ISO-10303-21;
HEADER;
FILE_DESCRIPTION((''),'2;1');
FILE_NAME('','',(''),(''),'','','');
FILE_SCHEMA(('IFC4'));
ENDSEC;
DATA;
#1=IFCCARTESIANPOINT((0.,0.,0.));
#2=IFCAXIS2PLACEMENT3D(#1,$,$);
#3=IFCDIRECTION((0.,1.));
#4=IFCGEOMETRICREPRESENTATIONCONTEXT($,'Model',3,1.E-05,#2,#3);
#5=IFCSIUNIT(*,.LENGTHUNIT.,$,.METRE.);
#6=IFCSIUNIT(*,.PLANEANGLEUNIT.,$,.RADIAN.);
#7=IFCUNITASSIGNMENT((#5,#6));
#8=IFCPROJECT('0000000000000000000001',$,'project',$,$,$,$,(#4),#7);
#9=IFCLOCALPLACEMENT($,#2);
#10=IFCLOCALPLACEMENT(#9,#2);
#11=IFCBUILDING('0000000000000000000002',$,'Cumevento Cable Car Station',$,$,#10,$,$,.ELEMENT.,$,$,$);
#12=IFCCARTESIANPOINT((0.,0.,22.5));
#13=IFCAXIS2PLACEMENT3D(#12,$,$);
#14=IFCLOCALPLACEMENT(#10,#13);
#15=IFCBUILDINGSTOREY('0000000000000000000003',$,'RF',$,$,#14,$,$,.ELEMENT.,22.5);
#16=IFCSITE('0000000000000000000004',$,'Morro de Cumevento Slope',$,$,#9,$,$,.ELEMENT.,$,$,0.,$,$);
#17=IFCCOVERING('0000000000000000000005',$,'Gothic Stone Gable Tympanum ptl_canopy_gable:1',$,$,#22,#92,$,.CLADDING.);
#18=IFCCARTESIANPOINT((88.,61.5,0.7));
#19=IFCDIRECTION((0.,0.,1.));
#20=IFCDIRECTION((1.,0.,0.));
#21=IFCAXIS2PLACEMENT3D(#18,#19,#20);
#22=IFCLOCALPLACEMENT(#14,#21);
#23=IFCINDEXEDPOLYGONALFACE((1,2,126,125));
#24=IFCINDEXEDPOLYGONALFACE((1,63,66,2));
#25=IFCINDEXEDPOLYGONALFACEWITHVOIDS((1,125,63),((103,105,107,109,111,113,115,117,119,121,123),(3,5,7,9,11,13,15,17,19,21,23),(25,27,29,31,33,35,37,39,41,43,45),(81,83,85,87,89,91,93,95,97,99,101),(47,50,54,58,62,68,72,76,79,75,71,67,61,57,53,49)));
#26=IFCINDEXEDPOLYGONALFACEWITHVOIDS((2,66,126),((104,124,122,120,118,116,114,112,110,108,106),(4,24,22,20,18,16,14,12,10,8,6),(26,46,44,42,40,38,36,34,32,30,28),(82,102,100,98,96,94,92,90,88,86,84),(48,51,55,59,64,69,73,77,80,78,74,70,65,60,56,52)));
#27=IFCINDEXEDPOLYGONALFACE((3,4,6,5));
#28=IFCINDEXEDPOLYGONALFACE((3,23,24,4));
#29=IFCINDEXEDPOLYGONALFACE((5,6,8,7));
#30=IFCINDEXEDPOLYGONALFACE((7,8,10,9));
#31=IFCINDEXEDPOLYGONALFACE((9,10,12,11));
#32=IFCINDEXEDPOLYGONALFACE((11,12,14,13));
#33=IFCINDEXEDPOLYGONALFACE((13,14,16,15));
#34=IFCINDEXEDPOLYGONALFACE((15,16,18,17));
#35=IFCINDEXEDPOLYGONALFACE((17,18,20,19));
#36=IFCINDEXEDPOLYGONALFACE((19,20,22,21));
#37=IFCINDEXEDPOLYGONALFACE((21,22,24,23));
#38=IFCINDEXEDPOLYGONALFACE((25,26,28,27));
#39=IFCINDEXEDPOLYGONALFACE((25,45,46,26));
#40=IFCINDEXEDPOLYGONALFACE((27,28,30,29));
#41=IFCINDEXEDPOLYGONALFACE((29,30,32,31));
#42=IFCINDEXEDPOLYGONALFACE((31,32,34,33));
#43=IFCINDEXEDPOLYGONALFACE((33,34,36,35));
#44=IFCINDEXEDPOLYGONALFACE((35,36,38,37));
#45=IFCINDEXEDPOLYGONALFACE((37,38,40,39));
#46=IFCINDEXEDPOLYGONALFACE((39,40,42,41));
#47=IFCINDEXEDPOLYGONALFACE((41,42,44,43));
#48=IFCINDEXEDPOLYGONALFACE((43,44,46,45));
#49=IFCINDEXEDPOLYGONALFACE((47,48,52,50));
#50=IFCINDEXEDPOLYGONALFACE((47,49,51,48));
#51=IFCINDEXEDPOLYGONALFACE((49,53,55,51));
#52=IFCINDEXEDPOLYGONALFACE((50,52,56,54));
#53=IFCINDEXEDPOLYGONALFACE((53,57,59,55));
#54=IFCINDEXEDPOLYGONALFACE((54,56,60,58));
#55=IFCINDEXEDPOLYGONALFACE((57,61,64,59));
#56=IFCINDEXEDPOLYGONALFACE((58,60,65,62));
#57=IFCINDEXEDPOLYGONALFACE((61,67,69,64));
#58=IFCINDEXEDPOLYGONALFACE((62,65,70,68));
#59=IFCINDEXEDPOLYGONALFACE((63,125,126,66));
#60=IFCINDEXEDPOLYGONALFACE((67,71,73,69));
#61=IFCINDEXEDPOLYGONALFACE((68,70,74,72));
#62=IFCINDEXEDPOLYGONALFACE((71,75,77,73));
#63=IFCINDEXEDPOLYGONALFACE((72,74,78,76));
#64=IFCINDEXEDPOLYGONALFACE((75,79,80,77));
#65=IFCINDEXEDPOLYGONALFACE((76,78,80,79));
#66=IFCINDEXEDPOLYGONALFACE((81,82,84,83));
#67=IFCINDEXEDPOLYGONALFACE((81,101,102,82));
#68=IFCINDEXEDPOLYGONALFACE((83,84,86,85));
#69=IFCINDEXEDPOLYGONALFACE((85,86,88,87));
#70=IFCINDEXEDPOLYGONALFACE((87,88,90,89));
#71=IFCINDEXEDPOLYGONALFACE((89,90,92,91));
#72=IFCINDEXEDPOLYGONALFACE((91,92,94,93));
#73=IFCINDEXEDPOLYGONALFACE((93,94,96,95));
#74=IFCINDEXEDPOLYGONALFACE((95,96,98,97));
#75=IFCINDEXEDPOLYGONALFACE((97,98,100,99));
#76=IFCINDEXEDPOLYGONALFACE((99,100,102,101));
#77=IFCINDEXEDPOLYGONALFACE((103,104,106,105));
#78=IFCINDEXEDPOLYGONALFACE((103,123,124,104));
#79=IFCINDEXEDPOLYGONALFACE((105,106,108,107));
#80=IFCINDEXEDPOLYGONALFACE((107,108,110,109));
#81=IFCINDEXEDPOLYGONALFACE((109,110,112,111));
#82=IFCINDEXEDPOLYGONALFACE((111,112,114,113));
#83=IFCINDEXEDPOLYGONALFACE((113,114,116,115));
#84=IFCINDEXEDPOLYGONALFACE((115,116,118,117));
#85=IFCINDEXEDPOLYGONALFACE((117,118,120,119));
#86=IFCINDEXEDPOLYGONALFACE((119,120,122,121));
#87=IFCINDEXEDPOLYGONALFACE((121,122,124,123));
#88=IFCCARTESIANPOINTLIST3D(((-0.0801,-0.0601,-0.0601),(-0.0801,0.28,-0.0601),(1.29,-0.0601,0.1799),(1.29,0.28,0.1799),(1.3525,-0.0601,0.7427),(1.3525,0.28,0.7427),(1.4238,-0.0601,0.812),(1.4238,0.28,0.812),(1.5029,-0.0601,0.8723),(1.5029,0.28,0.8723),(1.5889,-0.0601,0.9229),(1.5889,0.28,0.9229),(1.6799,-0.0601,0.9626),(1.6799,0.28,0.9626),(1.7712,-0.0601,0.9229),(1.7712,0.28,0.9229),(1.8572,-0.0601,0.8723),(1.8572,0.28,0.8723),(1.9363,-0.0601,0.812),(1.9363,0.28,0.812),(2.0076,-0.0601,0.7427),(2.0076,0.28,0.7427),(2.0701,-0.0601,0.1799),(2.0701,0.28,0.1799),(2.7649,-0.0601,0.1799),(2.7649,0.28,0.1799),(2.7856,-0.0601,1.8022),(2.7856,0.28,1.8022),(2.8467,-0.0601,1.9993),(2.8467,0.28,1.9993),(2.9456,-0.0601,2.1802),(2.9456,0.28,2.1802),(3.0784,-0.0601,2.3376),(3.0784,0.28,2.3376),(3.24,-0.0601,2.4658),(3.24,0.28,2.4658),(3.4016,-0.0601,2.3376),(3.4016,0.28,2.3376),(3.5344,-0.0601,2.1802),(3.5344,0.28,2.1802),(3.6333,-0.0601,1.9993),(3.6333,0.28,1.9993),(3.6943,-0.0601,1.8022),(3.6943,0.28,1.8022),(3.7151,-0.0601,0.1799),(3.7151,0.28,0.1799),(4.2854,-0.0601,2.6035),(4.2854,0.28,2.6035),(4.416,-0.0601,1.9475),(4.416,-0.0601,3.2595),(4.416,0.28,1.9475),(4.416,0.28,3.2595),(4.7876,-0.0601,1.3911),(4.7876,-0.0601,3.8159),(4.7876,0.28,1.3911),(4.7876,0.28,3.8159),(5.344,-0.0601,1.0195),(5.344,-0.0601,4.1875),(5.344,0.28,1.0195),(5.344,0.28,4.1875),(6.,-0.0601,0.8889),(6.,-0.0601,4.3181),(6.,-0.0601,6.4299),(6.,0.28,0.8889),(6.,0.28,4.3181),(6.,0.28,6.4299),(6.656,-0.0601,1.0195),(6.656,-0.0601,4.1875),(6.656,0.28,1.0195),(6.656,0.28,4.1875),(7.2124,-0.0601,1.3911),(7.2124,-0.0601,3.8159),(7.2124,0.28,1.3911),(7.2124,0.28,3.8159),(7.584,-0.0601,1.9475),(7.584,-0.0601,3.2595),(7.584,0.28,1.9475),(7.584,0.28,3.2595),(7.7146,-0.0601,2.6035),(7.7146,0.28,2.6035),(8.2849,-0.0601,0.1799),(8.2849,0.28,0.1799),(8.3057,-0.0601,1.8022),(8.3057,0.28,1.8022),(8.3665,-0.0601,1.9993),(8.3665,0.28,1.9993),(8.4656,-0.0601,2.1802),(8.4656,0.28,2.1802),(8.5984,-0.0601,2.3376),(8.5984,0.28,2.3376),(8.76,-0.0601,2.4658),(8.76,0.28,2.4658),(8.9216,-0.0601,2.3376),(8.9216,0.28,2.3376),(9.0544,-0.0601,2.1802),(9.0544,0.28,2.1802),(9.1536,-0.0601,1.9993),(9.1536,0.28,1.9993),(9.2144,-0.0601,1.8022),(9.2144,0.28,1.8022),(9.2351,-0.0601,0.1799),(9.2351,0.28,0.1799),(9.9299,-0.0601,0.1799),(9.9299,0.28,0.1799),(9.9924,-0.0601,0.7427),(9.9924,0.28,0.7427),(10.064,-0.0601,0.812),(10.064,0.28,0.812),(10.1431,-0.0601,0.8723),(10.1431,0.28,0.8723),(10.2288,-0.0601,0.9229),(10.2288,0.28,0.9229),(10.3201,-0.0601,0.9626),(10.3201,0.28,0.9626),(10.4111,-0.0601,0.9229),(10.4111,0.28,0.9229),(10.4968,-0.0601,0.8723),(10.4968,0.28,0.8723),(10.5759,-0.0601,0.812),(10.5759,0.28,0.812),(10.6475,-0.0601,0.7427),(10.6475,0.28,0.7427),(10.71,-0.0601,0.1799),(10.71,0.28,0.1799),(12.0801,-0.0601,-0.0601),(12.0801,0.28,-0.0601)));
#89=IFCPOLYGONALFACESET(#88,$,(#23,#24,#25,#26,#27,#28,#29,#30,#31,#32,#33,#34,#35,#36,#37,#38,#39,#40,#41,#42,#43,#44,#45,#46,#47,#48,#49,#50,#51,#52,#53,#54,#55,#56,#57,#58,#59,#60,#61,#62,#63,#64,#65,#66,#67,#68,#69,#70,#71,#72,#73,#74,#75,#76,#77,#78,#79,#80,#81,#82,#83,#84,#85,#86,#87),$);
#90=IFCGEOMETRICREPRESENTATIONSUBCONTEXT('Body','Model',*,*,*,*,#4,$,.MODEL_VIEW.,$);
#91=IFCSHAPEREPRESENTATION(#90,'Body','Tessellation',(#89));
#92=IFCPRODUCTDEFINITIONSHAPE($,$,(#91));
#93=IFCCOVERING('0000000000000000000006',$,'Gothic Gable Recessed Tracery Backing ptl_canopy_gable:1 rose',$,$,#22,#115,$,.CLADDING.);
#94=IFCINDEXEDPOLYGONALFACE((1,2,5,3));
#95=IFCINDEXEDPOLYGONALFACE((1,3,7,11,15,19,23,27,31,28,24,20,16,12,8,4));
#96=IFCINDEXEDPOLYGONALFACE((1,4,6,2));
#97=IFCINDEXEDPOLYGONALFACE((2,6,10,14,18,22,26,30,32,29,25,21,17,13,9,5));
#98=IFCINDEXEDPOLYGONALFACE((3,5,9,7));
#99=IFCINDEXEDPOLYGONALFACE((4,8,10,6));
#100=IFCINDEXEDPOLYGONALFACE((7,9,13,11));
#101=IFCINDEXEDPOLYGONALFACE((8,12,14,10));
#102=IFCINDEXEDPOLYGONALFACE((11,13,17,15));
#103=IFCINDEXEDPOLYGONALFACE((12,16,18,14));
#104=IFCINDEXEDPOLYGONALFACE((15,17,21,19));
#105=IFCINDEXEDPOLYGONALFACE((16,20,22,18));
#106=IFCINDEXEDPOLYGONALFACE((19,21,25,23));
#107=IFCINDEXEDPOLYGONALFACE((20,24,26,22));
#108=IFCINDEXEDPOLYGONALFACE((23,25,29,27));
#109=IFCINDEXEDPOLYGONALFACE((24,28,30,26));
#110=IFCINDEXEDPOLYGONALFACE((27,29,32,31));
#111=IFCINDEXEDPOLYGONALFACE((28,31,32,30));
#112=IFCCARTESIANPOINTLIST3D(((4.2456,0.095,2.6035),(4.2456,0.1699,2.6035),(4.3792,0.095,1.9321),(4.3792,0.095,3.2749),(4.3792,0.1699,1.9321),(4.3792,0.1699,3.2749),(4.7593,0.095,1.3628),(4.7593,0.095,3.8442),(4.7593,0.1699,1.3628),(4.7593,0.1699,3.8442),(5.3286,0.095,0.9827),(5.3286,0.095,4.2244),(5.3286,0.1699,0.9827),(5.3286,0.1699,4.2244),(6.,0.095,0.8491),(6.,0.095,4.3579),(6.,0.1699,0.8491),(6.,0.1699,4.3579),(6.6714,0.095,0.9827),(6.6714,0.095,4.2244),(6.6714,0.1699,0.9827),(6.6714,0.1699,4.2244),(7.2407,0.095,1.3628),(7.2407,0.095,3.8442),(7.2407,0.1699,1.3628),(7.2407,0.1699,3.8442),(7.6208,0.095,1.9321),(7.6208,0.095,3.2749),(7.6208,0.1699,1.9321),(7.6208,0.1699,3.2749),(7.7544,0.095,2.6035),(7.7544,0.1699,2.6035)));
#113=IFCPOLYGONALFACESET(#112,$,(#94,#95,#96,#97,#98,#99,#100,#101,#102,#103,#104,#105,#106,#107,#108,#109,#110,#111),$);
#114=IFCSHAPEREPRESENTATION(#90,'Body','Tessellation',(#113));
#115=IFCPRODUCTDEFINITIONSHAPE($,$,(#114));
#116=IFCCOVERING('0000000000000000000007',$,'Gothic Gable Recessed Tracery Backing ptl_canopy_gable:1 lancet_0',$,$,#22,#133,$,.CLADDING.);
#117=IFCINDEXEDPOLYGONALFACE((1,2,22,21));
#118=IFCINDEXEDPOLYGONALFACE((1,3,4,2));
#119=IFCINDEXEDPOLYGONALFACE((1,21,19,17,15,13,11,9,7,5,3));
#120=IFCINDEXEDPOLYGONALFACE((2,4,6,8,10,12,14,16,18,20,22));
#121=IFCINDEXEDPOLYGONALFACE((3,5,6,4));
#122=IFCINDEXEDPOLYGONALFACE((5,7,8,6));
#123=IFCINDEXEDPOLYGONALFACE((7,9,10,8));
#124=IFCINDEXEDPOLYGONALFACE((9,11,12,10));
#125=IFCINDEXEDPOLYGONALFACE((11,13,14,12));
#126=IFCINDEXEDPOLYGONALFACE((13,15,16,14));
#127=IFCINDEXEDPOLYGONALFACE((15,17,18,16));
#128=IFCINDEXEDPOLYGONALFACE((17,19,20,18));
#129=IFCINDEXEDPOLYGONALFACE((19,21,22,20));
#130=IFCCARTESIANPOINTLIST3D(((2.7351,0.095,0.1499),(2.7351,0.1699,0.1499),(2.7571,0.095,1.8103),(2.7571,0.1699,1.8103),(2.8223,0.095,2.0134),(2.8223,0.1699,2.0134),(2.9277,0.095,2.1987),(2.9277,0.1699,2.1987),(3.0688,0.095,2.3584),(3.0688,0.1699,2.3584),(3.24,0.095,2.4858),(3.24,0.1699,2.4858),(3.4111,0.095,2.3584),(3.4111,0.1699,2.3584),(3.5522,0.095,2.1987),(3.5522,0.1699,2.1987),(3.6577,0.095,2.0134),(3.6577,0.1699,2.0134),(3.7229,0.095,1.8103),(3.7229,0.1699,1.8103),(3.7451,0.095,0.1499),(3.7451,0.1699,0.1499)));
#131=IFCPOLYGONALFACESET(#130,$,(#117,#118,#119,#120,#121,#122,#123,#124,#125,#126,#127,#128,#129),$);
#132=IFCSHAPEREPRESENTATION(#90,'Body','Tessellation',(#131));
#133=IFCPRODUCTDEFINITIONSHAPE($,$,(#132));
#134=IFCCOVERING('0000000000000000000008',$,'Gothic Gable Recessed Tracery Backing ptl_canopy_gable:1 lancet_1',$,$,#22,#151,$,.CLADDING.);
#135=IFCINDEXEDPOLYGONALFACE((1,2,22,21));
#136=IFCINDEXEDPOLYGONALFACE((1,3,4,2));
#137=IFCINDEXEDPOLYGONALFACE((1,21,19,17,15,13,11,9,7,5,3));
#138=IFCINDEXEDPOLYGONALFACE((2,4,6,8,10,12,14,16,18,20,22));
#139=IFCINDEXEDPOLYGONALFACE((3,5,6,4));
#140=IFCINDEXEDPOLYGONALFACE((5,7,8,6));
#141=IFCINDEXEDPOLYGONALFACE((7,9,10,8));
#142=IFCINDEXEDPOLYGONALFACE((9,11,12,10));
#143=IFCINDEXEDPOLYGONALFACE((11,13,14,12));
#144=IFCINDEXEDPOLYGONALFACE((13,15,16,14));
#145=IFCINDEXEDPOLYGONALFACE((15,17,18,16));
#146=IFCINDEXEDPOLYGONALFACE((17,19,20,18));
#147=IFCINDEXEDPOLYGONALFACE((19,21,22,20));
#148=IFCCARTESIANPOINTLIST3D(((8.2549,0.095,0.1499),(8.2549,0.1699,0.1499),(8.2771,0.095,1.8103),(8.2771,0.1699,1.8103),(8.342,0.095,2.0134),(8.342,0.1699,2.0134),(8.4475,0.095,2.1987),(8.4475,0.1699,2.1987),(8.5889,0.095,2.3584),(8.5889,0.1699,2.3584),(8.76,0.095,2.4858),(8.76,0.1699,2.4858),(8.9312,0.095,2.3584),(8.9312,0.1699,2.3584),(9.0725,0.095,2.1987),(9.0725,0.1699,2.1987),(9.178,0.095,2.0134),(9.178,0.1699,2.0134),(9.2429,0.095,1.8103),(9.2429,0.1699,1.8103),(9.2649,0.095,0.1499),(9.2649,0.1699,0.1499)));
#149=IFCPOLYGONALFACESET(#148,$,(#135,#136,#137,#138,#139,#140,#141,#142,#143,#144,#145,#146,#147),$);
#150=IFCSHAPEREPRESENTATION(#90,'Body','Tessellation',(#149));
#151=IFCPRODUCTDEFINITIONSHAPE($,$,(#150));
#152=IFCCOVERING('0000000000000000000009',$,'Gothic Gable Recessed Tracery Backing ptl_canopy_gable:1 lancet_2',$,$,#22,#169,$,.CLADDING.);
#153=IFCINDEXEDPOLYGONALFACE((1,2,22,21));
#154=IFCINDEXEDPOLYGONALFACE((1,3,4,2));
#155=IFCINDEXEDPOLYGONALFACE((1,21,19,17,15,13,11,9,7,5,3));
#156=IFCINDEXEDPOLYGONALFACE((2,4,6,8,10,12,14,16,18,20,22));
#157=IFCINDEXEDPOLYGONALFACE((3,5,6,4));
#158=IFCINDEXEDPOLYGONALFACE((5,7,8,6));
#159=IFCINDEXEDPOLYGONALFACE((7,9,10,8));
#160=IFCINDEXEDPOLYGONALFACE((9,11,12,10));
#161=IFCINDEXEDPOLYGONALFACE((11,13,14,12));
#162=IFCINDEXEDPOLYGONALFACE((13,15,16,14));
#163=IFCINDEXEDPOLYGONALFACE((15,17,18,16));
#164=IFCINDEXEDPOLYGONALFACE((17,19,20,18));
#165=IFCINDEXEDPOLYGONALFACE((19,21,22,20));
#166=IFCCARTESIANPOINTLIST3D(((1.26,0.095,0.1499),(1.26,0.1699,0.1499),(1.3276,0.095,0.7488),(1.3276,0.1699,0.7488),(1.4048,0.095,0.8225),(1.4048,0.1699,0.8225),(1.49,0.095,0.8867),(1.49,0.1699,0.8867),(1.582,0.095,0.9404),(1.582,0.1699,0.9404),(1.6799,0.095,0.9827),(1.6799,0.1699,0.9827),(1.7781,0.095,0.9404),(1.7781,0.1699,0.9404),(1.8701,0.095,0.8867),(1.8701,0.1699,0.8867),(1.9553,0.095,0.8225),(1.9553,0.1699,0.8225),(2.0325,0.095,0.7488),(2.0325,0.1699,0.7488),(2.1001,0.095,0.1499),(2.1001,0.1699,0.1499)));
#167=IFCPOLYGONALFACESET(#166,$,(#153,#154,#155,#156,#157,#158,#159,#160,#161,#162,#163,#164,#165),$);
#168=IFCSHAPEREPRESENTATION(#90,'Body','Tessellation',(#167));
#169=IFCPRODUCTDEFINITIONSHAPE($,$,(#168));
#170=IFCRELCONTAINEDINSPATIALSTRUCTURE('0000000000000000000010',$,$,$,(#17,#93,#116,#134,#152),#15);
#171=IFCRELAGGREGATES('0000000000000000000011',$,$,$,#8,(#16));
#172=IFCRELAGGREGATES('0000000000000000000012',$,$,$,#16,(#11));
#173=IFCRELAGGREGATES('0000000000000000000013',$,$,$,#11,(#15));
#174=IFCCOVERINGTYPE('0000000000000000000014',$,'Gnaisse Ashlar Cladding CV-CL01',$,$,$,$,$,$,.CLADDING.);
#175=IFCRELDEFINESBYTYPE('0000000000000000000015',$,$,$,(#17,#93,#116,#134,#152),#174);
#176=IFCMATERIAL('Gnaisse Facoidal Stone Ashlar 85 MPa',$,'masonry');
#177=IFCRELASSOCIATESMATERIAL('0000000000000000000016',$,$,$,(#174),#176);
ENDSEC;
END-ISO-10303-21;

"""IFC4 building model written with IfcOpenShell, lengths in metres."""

from ifc_helpers import new_model, si_unit, direction, frame, origin, place, context, subcontext, project, spatial, polyline, outline, extrude, material, type_object, element, save


model = new_model("IFC4")

# Units and contexts
model_context = context("Model", 3, precision=1e-05, world=origin(), true_north=direction((0.0, 1.0)))
body_context = subcontext(model_context, "Body", "Model", "MODEL_VIEW")
ifc_project = project(units=[si_unit("LENGTHUNIT", "METRE"), si_unit("PLANEANGLEUNIT", "RADIAN")], contexts=[model_context])

# Site, building, storey
site_placement = place(None, origin())
site = spatial("IfcSite", under=ifc_project, at=site_placement, Name="Morro de Cumevento Slope", CompositionType="ELEMENT", RefElevation=0.0)
building_placement = place(site_placement, origin())
building = spatial("IfcBuilding", under=site, at=building_placement, Name="Cumevento Cable Car Station", CompositionType="ELEMENT")
storey_placement = place(building_placement, frame((0.0, 0.0, 22.5)))
storey = spatial("IfcBuildingStorey", under=building, at=storey_placement, Name="RF", CompositionType="ELEMENT", Elevation=22.5)

# Coverings
ifc_material_1 = material(Name="Gnaisse Facoidal Stone Ashlar 85 MPa", Category="masonry")
covering_type_1 = type_object("IfcCoveringType", Name="Gnaisse Ashlar Cladding CV-CL01", PredefinedType="CLADDING", material=ifc_material_1)
placement = place(storey_placement, frame((88.0, 61.5, 0.7), z_axis=(0.0, 0.0, 1.0), x_axis=(1.0, 0.0, 0.0)))
element("IfcCovering", 1, at=placement, inside=storey, type_object=covering_type_1, Name="Gothic Stone Gable Tympanum ptl_canopy_gable:1", PredefinedType="CLADDING", context=body_context, shape_type="SweptSolid", body=[
    extrude(outline(polyline([(-0.0801, -0.0601), (12.0801, -0.0601), (6.0, 6.4299), (-0.0801, -0.0601)]), holes=[polyline([(7.7146, 2.6035), (7.584, 3.2595), (7.2124, 3.8159), (6.656, 4.1875), (6.0, 4.3181), (5.344, 4.1875), (4.7876, 3.8159), (4.416, 3.2595), (4.2854, 2.6035), (4.416, 1.9475), (4.7876, 1.3911), (5.344, 1.0195), (6.0, 0.8889), (6.656, 1.0195), (7.2124, 1.3911), (7.584, 1.9475), (7.7146, 2.6035)]), polyline([(2.7649, 0.1799), (3.7151, 0.1799), (3.6943, 1.8022), (3.6333, 1.9993), (3.5344, 2.1802), (3.4016, 2.3376), (3.24, 2.4658), (3.0784, 2.3376), (2.9456, 2.1802), (2.8467, 1.9993), (2.7856, 1.8022), (2.7649, 0.1799)]), polyline([(8.2849, 0.1799), (9.2351, 0.1799), (9.2144, 1.8022), (9.1536, 1.9993), (9.0544, 2.1802), (8.9216, 2.3376), (8.76, 2.4658), (8.5984, 2.3376), (8.4656, 2.1802), (8.3665, 1.9993), (8.3057, 1.8022), (8.2849, 0.1799)]), polyline([(1.29, 0.1799), (2.0701, 0.1799), (2.0076, 0.7427), (1.9363, 0.812), (1.8572, 0.8723), (1.7712, 0.9229), (1.6799, 0.9626), (1.5889, 0.9229), (1.5029, 0.8723), (1.4238, 0.812), (1.3525, 0.7427), (1.29, 0.1799)]), polyline([(9.9299, 0.1799), (10.71, 0.1799), (10.6475, 0.7427), (10.5759, 0.812), (10.4968, 0.8723), (10.4111, 0.9229), (10.3201, 0.9626), (10.2288, 0.9229), (10.1431, 0.8723), (10.064, 0.812), (9.9924, 0.7427), (9.9299, 0.1799)])]), frame((0.0, 0.28, 0.0), z_axis=(0.0, -1.0, 0.0), x_axis=(1.0, 0.0, 0.0)), (0.0, 0.0, 1.0), 0.3401),
])
element("IfcCovering", 2, at=placement, inside=storey, type_object=covering_type_1, Name="Gothic Gable Recessed Tracery Backing ptl_canopy_gable:1 rose", PredefinedType="CLADDING", context=body_context, shape_type="SweptSolid", body=[
    extrude(outline(polyline([(7.7544, 2.6035), (7.6208, 3.2749), (7.2407, 3.8442), (6.6714, 4.2244), (6.0, 4.3579), (5.3286, 4.2244), (4.7593, 3.8442), (4.3792, 3.2749), (4.2456, 2.6035), (4.3792, 1.9321), (4.7593, 1.3628), (5.3286, 0.9827), (6.0, 0.8491), (6.6714, 0.9827), (7.2407, 1.3628), (7.6208, 1.9321), (7.7544, 2.6035)])), frame((0.0, 0.1699, 0.0), z_axis=(0.0, -1.0, 0.0), x_axis=(1.0, 0.0, 0.0)), (0.0, 0.0, 1.0), 0.075),
])
element("IfcCovering", 3, at=placement, inside=storey, type_object=covering_type_1, Name="Gothic Gable Recessed Tracery Backing ptl_canopy_gable:1 lancet_0", PredefinedType="CLADDING", context=body_context, shape_type="SweptSolid", body=[
    extrude(outline(polyline([(2.7351, 0.1499), (3.7451, 0.1499), (3.7229, 1.8103), (3.6577, 2.0134), (3.5522, 2.1987), (3.4111, 2.3584), (3.24, 2.4858), (3.0688, 2.3584), (2.9277, 2.1987), (2.8223, 2.0134), (2.7571, 1.8103), (2.7351, 0.1499)])), frame((0.0, 0.1699, 0.0), z_axis=(0.0, -1.0, 0.0), x_axis=(1.0, 0.0, 0.0)), (0.0, 0.0, 1.0), 0.075),
])
element("IfcCovering", 4, at=placement, inside=storey, type_object=covering_type_1, Name="Gothic Gable Recessed Tracery Backing ptl_canopy_gable:1 lancet_1", PredefinedType="CLADDING", context=body_context, shape_type="SweptSolid", body=[
    extrude(outline(polyline([(8.2549, 0.1499), (9.2649, 0.1499), (9.2429, 1.8103), (9.178, 2.0134), (9.0725, 2.1987), (8.9312, 2.3584), (8.76, 2.4858), (8.5889, 2.3584), (8.4475, 2.1987), (8.342, 2.0134), (8.2771, 1.8103), (8.2549, 0.1499)])), frame((0.0, 0.1699, 0.0), z_axis=(0.0, -1.0, 0.0), x_axis=(1.0, 0.0, 0.0)), (0.0, 0.0, 1.0), 0.075),
])
element("IfcCovering", 5, at=placement, inside=storey, type_object=covering_type_1, Name="Gothic Gable Recessed Tracery Backing ptl_canopy_gable:1 lancet_2", PredefinedType="CLADDING", context=body_context, shape_type="SweptSolid", body=[
    extrude(outline(polyline([(1.26, 0.1499), (2.1001, 0.1499), (2.0325, 0.7488), (1.9553, 0.8225), (1.8701, 0.8867), (1.7781, 0.9404), (1.6799, 0.9827), (1.582, 0.9404), (1.49, 0.8867), (1.4048, 0.8225), (1.3276, 0.7488), (1.26, 0.1499)])), frame((0.0, 0.1699, 0.0), z_axis=(0.0, -1.0, 0.0), x_axis=(1.0, 0.0, 0.0)), (0.0, 0.0, 1.0), 0.075),
])

save(model, "model.ifc")
